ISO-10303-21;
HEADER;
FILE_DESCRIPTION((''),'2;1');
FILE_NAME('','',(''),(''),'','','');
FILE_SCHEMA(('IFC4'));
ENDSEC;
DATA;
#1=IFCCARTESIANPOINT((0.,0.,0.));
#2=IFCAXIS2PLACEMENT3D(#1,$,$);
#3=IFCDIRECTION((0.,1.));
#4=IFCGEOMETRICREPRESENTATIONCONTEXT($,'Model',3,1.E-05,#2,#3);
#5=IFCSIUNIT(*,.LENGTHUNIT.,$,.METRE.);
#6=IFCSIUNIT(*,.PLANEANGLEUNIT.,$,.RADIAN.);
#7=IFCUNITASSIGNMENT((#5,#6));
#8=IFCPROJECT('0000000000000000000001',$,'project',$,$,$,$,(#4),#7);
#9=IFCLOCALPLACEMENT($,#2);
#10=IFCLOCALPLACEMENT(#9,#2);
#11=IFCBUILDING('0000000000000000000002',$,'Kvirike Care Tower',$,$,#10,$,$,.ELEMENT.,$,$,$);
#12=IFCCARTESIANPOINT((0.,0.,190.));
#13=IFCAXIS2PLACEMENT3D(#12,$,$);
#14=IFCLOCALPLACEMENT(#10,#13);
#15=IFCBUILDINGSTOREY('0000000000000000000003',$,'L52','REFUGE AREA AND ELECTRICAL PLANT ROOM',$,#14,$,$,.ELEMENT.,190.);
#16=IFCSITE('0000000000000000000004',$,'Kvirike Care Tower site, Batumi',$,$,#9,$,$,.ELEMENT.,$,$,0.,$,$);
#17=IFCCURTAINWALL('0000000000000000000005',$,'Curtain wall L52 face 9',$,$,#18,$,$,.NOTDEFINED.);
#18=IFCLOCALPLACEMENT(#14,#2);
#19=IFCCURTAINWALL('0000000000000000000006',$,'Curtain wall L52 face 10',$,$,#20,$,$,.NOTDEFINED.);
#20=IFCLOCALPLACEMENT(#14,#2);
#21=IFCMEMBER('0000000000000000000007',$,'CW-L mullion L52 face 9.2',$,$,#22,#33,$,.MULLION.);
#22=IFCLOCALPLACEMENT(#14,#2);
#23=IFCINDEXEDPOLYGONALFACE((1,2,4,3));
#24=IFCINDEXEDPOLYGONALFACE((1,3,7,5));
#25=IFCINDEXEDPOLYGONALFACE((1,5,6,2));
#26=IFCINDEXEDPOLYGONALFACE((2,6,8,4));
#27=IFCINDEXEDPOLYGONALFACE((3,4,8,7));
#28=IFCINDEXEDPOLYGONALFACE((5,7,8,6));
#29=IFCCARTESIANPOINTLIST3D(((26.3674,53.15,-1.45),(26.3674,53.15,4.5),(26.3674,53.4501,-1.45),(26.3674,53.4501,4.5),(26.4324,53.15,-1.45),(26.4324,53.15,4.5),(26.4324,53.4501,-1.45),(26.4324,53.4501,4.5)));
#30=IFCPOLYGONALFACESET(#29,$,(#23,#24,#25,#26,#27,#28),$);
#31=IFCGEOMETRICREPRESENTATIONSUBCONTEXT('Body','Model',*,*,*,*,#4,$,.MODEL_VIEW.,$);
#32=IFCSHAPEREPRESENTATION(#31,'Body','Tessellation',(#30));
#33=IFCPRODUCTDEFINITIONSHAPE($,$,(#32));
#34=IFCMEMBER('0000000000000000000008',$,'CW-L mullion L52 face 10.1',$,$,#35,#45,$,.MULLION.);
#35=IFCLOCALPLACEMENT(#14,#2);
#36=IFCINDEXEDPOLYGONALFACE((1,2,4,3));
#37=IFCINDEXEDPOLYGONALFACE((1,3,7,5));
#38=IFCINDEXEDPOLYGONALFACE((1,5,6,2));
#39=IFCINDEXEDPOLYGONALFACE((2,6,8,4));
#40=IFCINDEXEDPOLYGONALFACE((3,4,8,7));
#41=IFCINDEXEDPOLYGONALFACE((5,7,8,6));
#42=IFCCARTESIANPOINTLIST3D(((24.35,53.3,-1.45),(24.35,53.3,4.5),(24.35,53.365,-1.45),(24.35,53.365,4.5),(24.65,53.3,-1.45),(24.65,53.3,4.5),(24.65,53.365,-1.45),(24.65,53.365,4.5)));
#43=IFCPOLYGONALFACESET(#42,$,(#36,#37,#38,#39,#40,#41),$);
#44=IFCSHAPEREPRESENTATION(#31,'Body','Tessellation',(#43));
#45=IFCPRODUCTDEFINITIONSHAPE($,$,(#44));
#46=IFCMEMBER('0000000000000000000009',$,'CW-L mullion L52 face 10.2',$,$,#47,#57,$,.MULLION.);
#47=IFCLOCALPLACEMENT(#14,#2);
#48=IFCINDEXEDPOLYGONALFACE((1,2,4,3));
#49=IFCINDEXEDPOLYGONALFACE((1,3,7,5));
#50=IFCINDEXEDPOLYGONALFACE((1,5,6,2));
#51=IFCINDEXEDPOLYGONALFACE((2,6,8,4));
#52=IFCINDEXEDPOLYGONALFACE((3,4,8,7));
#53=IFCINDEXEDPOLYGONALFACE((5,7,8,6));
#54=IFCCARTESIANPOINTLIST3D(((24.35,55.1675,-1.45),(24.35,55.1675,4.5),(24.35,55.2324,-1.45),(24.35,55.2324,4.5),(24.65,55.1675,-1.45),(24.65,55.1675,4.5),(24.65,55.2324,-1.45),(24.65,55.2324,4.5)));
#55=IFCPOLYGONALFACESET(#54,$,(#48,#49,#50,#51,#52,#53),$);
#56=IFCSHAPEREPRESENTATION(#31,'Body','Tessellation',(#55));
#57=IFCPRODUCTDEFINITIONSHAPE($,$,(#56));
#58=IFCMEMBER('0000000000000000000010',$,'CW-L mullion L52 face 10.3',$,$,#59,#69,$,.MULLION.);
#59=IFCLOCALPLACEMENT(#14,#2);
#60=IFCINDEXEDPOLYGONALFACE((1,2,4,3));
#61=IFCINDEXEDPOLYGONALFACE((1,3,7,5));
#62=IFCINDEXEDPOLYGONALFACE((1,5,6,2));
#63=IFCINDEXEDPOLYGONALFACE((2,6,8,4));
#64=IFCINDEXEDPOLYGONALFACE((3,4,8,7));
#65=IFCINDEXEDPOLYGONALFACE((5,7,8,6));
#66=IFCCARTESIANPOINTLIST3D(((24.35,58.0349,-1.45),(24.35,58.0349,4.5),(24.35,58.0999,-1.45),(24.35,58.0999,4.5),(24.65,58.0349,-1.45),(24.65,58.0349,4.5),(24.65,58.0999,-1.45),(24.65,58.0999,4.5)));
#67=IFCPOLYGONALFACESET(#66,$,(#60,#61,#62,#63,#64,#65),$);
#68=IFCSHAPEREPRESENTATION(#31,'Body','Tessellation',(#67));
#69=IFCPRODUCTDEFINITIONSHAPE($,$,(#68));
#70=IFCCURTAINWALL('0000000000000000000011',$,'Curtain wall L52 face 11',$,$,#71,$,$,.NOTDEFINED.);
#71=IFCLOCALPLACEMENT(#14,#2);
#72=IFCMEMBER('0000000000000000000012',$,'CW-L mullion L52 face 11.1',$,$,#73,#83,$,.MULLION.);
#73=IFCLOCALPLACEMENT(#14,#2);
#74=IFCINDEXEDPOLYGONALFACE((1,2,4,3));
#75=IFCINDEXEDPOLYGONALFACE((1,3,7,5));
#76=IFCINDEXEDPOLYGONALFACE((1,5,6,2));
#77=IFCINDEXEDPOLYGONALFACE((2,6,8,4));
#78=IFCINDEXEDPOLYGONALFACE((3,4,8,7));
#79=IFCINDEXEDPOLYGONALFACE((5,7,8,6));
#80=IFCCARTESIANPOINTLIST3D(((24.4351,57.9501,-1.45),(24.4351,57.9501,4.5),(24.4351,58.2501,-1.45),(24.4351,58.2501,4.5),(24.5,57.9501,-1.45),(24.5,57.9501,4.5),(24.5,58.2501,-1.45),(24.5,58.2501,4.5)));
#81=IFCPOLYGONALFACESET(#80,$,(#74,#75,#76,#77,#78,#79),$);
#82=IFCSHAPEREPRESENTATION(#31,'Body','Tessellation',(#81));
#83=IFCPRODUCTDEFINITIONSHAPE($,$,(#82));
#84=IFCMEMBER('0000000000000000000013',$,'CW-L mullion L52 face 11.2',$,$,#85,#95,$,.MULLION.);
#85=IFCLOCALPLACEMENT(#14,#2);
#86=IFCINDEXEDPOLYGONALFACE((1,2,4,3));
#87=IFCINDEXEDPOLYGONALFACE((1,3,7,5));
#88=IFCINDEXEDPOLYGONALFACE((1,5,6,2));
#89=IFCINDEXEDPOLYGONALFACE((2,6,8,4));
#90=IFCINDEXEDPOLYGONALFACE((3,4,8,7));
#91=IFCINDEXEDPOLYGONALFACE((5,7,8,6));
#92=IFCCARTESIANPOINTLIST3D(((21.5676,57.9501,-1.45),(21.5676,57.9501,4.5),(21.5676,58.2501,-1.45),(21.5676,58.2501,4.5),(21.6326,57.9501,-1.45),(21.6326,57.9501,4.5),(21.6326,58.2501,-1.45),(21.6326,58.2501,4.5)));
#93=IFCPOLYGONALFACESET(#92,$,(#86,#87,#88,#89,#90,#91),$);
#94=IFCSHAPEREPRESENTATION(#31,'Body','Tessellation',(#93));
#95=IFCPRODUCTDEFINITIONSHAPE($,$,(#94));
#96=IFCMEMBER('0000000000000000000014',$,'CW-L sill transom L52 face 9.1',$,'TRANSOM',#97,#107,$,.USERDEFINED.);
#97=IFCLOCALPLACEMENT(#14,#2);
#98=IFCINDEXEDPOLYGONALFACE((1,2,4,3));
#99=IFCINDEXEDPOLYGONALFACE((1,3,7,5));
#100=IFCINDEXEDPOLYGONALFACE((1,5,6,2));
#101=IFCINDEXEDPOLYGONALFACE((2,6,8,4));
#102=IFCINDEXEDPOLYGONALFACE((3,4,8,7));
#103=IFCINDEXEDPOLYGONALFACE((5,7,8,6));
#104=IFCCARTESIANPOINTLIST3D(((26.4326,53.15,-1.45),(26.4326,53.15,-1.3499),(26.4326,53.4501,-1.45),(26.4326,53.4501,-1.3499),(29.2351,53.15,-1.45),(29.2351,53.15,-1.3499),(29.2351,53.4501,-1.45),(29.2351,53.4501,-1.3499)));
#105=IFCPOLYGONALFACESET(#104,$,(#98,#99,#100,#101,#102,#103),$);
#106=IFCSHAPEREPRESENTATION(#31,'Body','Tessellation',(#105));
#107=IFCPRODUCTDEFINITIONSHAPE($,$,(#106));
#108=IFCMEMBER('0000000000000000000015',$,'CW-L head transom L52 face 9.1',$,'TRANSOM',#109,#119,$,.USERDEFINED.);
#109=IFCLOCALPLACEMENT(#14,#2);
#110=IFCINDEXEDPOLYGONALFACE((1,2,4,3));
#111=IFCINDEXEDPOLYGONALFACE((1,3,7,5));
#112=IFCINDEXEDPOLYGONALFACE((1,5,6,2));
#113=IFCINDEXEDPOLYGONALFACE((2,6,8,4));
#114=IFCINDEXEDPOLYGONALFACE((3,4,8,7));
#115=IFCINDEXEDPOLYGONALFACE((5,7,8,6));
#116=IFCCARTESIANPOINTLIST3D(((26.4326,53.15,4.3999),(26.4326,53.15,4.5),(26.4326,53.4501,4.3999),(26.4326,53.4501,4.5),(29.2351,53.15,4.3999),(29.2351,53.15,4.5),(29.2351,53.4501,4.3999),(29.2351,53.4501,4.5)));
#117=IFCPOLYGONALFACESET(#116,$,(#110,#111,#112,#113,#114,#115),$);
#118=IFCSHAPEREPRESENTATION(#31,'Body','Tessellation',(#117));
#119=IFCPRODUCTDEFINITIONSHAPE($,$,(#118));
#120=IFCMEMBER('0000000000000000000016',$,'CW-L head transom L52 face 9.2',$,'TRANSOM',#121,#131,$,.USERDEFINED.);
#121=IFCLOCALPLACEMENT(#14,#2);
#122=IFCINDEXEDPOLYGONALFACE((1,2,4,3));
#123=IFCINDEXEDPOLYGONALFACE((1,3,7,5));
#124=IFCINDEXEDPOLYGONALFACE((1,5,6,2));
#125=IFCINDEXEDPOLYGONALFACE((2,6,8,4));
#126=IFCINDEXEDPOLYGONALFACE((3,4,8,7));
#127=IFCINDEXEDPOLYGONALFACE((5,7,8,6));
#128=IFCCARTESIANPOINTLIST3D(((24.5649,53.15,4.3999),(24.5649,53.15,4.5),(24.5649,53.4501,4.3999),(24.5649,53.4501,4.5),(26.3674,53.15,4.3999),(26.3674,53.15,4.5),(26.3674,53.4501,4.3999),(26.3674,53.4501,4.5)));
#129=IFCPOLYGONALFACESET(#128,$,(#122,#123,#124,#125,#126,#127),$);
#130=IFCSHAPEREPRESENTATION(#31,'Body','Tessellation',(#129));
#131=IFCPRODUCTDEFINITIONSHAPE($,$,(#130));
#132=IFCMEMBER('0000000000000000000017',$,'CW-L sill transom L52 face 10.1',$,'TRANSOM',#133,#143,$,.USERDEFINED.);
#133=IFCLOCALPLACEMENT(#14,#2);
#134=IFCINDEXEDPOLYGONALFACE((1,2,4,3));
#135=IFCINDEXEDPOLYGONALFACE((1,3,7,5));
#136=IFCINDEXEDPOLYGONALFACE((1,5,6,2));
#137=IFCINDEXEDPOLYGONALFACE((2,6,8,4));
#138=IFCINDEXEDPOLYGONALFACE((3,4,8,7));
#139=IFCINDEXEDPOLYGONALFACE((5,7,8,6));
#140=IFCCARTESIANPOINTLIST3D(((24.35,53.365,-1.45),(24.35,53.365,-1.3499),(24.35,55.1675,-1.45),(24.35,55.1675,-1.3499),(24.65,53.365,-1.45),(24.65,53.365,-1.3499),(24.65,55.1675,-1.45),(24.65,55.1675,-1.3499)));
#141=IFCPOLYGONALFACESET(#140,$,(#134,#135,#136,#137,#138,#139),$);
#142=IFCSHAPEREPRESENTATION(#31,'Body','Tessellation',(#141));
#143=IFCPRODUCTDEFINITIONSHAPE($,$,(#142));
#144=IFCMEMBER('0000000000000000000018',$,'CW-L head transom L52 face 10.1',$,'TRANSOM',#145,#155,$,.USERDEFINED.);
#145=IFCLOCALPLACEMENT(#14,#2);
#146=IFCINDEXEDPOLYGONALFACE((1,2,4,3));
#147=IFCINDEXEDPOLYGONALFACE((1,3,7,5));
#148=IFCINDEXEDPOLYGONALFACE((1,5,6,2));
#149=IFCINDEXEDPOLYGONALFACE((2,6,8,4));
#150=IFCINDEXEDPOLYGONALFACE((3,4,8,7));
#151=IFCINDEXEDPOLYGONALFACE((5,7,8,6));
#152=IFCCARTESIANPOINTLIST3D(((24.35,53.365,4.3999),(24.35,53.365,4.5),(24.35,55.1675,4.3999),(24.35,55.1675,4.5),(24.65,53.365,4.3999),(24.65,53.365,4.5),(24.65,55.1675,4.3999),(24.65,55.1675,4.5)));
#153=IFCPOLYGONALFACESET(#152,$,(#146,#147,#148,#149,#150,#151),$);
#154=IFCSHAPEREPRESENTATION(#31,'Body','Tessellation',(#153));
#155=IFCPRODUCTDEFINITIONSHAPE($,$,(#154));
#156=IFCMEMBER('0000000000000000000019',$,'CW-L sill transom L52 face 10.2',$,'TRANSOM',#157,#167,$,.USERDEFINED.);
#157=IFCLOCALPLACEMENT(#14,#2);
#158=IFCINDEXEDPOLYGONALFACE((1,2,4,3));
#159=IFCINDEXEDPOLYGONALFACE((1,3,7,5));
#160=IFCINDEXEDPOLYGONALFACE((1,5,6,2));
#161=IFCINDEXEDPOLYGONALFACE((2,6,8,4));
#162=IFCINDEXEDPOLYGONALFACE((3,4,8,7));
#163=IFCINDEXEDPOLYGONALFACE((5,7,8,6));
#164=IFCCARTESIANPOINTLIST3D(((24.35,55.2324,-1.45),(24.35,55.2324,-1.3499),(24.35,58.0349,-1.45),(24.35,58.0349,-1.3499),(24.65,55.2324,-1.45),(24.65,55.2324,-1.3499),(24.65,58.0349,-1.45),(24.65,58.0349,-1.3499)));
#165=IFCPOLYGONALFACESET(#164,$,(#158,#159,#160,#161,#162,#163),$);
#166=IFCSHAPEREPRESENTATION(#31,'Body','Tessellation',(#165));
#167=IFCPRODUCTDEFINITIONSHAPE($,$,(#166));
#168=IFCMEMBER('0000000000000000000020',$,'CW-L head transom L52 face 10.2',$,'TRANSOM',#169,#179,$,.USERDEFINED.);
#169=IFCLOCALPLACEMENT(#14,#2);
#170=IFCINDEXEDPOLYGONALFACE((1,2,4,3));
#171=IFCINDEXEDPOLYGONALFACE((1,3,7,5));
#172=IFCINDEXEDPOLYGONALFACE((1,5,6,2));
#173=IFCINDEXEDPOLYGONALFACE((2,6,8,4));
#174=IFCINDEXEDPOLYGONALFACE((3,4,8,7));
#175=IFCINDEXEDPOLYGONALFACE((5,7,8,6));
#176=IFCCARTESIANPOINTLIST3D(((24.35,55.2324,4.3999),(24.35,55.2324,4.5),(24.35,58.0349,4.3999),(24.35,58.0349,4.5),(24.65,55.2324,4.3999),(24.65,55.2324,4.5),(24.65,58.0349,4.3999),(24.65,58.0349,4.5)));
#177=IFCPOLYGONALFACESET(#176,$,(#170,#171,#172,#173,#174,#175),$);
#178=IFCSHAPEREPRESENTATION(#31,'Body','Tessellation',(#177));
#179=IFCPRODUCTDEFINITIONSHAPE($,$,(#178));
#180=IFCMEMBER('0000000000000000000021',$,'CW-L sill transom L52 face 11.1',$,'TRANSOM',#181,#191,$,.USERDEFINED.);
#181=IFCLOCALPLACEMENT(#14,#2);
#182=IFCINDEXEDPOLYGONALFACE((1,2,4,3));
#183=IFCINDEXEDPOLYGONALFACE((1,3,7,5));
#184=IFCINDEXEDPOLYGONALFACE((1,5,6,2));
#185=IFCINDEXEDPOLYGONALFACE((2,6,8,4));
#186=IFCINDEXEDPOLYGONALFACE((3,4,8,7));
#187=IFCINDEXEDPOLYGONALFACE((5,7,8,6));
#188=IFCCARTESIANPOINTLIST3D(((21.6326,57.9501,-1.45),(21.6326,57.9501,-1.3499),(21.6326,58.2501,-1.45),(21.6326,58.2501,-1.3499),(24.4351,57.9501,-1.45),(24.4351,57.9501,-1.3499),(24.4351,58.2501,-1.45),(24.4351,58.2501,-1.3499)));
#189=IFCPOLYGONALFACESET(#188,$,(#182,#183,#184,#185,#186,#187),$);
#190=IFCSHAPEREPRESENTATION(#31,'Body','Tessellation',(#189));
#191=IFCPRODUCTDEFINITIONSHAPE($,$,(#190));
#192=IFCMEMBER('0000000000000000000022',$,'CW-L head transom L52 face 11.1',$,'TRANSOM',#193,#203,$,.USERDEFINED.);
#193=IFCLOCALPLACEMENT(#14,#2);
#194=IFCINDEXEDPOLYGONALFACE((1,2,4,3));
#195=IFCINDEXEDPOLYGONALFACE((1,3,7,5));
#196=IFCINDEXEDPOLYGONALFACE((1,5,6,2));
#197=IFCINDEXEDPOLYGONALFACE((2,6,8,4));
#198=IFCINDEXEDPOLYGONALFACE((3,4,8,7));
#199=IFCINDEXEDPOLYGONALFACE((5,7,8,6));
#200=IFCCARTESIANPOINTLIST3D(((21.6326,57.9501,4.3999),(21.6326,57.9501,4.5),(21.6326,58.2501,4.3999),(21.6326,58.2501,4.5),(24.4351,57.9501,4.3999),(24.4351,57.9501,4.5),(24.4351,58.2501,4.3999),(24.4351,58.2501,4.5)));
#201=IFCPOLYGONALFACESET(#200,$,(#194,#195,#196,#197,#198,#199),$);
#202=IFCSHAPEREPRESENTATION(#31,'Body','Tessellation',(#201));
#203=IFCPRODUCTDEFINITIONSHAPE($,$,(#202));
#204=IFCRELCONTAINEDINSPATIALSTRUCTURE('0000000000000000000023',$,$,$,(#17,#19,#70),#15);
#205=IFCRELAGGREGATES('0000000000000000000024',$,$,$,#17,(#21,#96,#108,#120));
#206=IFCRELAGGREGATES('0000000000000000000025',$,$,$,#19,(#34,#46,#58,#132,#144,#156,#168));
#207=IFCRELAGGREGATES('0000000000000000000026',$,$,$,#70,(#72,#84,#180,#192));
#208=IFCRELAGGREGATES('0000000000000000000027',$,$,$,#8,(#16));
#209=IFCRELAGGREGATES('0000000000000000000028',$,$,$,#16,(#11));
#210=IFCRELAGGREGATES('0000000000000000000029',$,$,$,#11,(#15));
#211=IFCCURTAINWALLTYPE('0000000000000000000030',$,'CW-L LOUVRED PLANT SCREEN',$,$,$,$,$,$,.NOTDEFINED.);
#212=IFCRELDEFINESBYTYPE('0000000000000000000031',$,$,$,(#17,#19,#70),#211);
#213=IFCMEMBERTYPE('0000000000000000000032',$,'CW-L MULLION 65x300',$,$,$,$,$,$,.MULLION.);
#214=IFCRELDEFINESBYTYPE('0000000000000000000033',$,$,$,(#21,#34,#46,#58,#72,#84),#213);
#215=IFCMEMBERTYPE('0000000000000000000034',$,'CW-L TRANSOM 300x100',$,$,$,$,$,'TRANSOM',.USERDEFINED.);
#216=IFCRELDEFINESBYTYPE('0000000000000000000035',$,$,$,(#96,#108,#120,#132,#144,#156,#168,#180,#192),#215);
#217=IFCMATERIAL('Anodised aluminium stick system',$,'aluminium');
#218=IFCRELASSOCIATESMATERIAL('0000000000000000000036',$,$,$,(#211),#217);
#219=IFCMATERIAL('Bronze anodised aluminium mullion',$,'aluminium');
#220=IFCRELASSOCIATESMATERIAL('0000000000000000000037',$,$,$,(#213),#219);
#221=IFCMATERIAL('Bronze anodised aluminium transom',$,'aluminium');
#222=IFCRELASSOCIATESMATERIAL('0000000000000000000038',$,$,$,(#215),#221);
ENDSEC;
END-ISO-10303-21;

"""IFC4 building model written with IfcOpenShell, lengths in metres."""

from ifc_helpers import new_model, si_unit, direction, frame, origin, origin_2d, place, context, subcontext, project, spatial, rectangle, extrude, material, material_profile, profile_set, type_object, element, aggregate, save


model = new_model("IFC4")

# Units and contexts
model_context = context("Model", 3, precision=1e-05, world=origin(), true_north=direction((0.0, 1.0)))
body_context = subcontext(model_context, "Body", "Model", "MODEL_VIEW")
ifc_project = project(units=[si_unit("LENGTHUNIT", "METRE"), si_unit("PLANEANGLEUNIT", "RADIAN")], contexts=[model_context])

# Site, building, storey
site_placement = place(None, origin())
site = spatial("IfcSite", under=ifc_project, at=site_placement, Name="Kvirike Care Tower site, Batumi", CompositionType="ELEMENT", RefElevation=0.0)
building_placement = place(site_placement, origin())
building = spatial("IfcBuilding", under=site, at=building_placement, Name="Kvirike Care Tower", CompositionType="ELEMENT")
storey_placement = place(building_placement, frame((0.0, 0.0, 190.0)))
storey = spatial("IfcBuildingStorey", under=building, at=storey_placement, Name="L52", Description="REFUGE AREA AND ELECTRICAL PLANT ROOM", CompositionType="ELEMENT", Elevation=190.0)

# Curtain walls
ifc_material_1 = material(Name="Anodised aluminium stick system", Category="aluminium")
curtain_wall_type = type_object("IfcCurtainWallType", Name="CW-L LOUVRED PLANT SCREEN", PredefinedType="NOTDEFINED", material=ifc_material_1)
curtain_wall_1_placement = place(storey_placement, origin())
curtain_wall_1 = element("IfcCurtainWall", 1, at=curtain_wall_1_placement, inside=storey, type_object=curtain_wall_type, Name="Curtain wall L52 face 9", PredefinedType="NOTDEFINED")
curtain_wall_2_placement = place(storey_placement, origin())
curtain_wall_2 = element("IfcCurtainWall", 2, at=curtain_wall_2_placement, inside=storey, type_object=curtain_wall_type, Name="Curtain wall L52 face 10", PredefinedType="NOTDEFINED")

# Members
ifc_material_2 = material(Name="Bronze anodised aluminium mullion", Category="aluminium")
ifc_material_profile_1 = material_profile(ifc_material_2, rectangle(XDim=0.0649, YDim=0.3, at=origin_2d()), Name="CW-L MULLION 65x300")
ifc_profile_set_1 = profile_set([ifc_material_profile_1], Name="Bronze anodised aluminium mullion")
member_type_1 = type_object("IfcMemberType", Name="CW-L MULLION 65x300", PredefinedType="MULLION", material=ifc_profile_set_1)
member_1_placement = place(storey_placement, frame((26.3999, 53.3, -1.45), z_axis=(0.0, 0.0, 1.0), x_axis=(-1.0, 0.0, 0.0)))
member_1 = element("IfcMember", 3, at=member_1_placement, type_object=member_type_1, Name="CW-L mullion L52 face 9.2", PredefinedType="MULLION", context=body_context, shape_type="SweptSolid", body=[
    extrude(rectangle(XDim=0.0649, YDim=0.3, at=origin_2d()), origin(), (0.0, 0.0, 1.0), 5.95),
])
member_2_placement = place(storey_placement, frame((24.5, 53.3325, -1.45), z_axis=(0.0, 0.0, 1.0), x_axis=(0.0, 1.0, 0.0)))
member_2 = element("IfcMember", 4, at=member_2_placement, type_object=member_type_1, Name="CW-L mullion L52 face 10.1", PredefinedType="MULLION", context=body_context, shape_type="SweptSolid", body=[
    extrude(rectangle(XDim=0.0649, YDim=0.3, at=origin_2d()), origin(), (0.0, 0.0, 1.0), 5.95),
])
member_3_placement = place(storey_placement, frame((24.5, 55.2, -1.45), z_axis=(0.0, 0.0, 1.0), x_axis=(0.0, 1.0, 0.0)))
member_3 = element("IfcMember", 5, at=member_3_placement, type_object=member_type_1, Name="CW-L mullion L52 face 10.2", PredefinedType="MULLION", context=body_context, shape_type="SweptSolid", body=[
    extrude(rectangle(XDim=0.0649, YDim=0.3, at=origin_2d()), origin(), (0.0, 0.0, 1.0), 5.95),
])
member_4_placement = place(storey_placement, frame((24.5, 58.0674, -1.45), z_axis=(0.0, 0.0, 1.0), x_axis=(0.0, 1.0, 0.0)))
member_4 = element("IfcMember", 6, at=member_4_placement, type_object=member_type_1, Name="CW-L mullion L52 face 10.3", PredefinedType="MULLION", context=body_context, shape_type="SweptSolid", body=[
    extrude(rectangle(XDim=0.0649, YDim=0.3, at=origin_2d()), origin(), (0.0, 0.0, 1.0), 5.95),
])

# Curtain wall, members
curtain_wall_3_placement = place(storey_placement, origin())
curtain_wall_3 = element("IfcCurtainWall", 7, at=curtain_wall_3_placement, inside=storey, type_object=curtain_wall_type, Name="Curtain wall L52 face 11", PredefinedType="NOTDEFINED")
member_5_placement = place(storey_placement, frame((24.4675, 58.1001, -1.45), z_axis=(0.0, 0.0, 1.0), x_axis=(-1.0, 0.0, 0.0)))
member_5 = element("IfcMember", 8, at=member_5_placement, type_object=member_type_1, Name="CW-L mullion L52 face 11.1", PredefinedType="MULLION", context=body_context, shape_type="SweptSolid", body=[
    extrude(rectangle(XDim=0.0649, YDim=0.3, at=origin_2d()), origin(), (0.0, 0.0, 1.0), 5.95),
])
member_6_placement = place(storey_placement, frame((21.6001, 58.1001, -1.45), z_axis=(0.0, 0.0, 1.0), x_axis=(-1.0, 0.0, 0.0)))
member_6 = element("IfcMember", 9, at=member_6_placement, type_object=member_type_1, Name="CW-L mullion L52 face 11.2", PredefinedType="MULLION", context=body_context, shape_type="SweptSolid", body=[
    extrude(rectangle(XDim=0.0649, YDim=0.3, at=origin_2d()), origin(), (0.0, 0.0, 1.0), 5.95),
])

# Members
ifc_material_3 = material(Name="Bronze anodised aluminium transom", Category="aluminium")
ifc_material_profile_2 = material_profile(ifc_material_3, rectangle(XDim=0.3, YDim=0.1001, at=origin_2d()), Name="CW-L TRANSOM 300x100")
ifc_profile_set_2 = profile_set([ifc_material_profile_2], Name="Bronze anodised aluminium transom")
member_type_2 = type_object("IfcMemberType", Name="CW-L TRANSOM 300x100", ElementType="TRANSOM", PredefinedType="USERDEFINED", material=ifc_profile_set_2)
member_7_placement = place(storey_placement, frame((29.2351, 53.3, -1.3999), z_axis=(-1.0, 0.0, 0.0), x_axis=(0.0, -1.0, 0.0)))
member_7 = element("IfcMember", 10, at=member_7_placement, type_object=member_type_2, Name="CW-L sill transom L52 face 9.1", ObjectType="TRANSOM", PredefinedType="USERDEFINED", context=body_context, shape_type="SweptSolid", body=[
    extrude(rectangle(XDim=0.3, YDim=0.1001, at=origin_2d()), origin(), (0.0, 0.0, 1.0), 2.8025),
])
member_8_placement = place(storey_placement, frame((29.2351, 53.3, 4.45), z_axis=(-1.0, 0.0, 0.0), x_axis=(0.0, -1.0, 0.0)))
member_8 = element("IfcMember", 11, at=member_8_placement, type_object=member_type_2, Name="CW-L head transom L52 face 9.1", ObjectType="TRANSOM", PredefinedType="USERDEFINED", context=body_context, shape_type="SweptSolid", body=[
    extrude(rectangle(XDim=0.3, YDim=0.1001, at=origin_2d()), origin(), (0.0, 0.0, 1.0), 2.8025),
])
member_9_placement = place(storey_placement, frame((26.3674, 53.3, 4.45), z_axis=(-1.0, 0.0, 0.0), x_axis=(0.0, -1.0, 0.0)))
member_9 = element("IfcMember", 12, at=member_9_placement, type_object=member_type_2, Name="CW-L head transom L52 face 9.2", ObjectType="TRANSOM", PredefinedType="USERDEFINED", context=body_context, shape_type="SweptSolid", body=[
    extrude(rectangle(XDim=0.3, YDim=0.1001, at=origin_2d()), origin(), (0.0, 0.0, 1.0), 1.8025),
])
member_10_placement = place(storey_placement, frame((24.5, 53.365, -1.3999), z_axis=(0.0, 1.0, 0.0), x_axis=(-1.0, 0.0, 0.0)))
member_10 = element("IfcMember", 13, at=member_10_placement, type_object=member_type_2, Name="CW-L sill transom L52 face 10.1", ObjectType="TRANSOM", PredefinedType="USERDEFINED", context=body_context, shape_type="SweptSolid", body=[
    extrude(rectangle(XDim=0.3, YDim=0.1001, at=origin_2d()), origin(), (0.0, 0.0, 1.0), 1.8025),
])
member_11_placement = place(storey_placement, frame((24.5, 53.365, 4.45), z_axis=(0.0, 1.0, 0.0), x_axis=(-1.0, 0.0, 0.0)))
member_11 = element("IfcMember", 14, at=member_11_placement, type_object=member_type_2, Name="CW-L head transom L52 face 10.1", ObjectType="TRANSOM", PredefinedType="USERDEFINED", context=body_context, shape_type="SweptSolid", body=[
    extrude(rectangle(XDim=0.3, YDim=0.1001, at=origin_2d()), origin(), (0.0, 0.0, 1.0), 1.8025),
])
member_12_placement = place(storey_placement, frame((24.5, 55.2324, -1.3999), z_axis=(0.0, 1.0, 0.0), x_axis=(-1.0, 0.0, 0.0)))
member_12 = element("IfcMember", 15, at=member_12_placement, type_object=member_type_2, Name="CW-L sill transom L52 face 10.2", ObjectType="TRANSOM", PredefinedType="USERDEFINED", context=body_context, shape_type="SweptSolid", body=[
    extrude(rectangle(XDim=0.3, YDim=0.1001, at=origin_2d()), origin(), (0.0, 0.0, 1.0), 2.8025),
])
member_13_placement = place(storey_placement, frame((24.5, 55.2324, 4.45), z_axis=(0.0, 1.0, 0.0), x_axis=(-1.0, 0.0, 0.0)))
member_13 = element("IfcMember", 16, at=member_13_placement, type_object=member_type_2, Name="CW-L head transom L52 face 10.2", ObjectType="TRANSOM", PredefinedType="USERDEFINED", context=body_context, shape_type="SweptSolid", body=[
    extrude(rectangle(XDim=0.3, YDim=0.1001, at=origin_2d()), origin(), (0.0, 0.0, 1.0), 2.8025),
])
member_14_placement = place(storey_placement, frame((24.4351, 58.1001, -1.3999), z_axis=(-1.0, 0.0, 0.0), x_axis=(0.0, -1.0, 0.0)))
member_14 = element("IfcMember", 17, at=member_14_placement, type_object=member_type_2, Name="CW-L sill transom L52 face 11.1", ObjectType="TRANSOM", PredefinedType="USERDEFINED", context=body_context, shape_type="SweptSolid", body=[
    extrude(rectangle(XDim=0.3, YDim=0.1001, at=origin_2d()), origin(), (0.0, 0.0, 1.0), 2.8025),
])
member_15_placement = place(storey_placement, frame((24.4351, 58.1001, 4.45), z_axis=(-1.0, 0.0, 0.0), x_axis=(0.0, -1.0, 0.0)))
member_15 = element("IfcMember", 18, at=member_15_placement, type_object=member_type_2, Name="CW-L head transom L52 face 11.1", ObjectType="TRANSOM", PredefinedType="USERDEFINED", context=body_context, shape_type="SweptSolid", body=[
    extrude(rectangle(XDim=0.3, YDim=0.1001, at=origin_2d()), origin(), (0.0, 0.0, 1.0), 2.8025),
])

aggregate(curtain_wall_1, [member_1, member_7, member_8, member_9])
aggregate(curtain_wall_2, [member_2, member_3, member_4, member_10, member_11, member_12, member_13])
aggregate(curtain_wall_3, [member_5, member_6, member_14, member_15])

save(model, "model.ifc")
